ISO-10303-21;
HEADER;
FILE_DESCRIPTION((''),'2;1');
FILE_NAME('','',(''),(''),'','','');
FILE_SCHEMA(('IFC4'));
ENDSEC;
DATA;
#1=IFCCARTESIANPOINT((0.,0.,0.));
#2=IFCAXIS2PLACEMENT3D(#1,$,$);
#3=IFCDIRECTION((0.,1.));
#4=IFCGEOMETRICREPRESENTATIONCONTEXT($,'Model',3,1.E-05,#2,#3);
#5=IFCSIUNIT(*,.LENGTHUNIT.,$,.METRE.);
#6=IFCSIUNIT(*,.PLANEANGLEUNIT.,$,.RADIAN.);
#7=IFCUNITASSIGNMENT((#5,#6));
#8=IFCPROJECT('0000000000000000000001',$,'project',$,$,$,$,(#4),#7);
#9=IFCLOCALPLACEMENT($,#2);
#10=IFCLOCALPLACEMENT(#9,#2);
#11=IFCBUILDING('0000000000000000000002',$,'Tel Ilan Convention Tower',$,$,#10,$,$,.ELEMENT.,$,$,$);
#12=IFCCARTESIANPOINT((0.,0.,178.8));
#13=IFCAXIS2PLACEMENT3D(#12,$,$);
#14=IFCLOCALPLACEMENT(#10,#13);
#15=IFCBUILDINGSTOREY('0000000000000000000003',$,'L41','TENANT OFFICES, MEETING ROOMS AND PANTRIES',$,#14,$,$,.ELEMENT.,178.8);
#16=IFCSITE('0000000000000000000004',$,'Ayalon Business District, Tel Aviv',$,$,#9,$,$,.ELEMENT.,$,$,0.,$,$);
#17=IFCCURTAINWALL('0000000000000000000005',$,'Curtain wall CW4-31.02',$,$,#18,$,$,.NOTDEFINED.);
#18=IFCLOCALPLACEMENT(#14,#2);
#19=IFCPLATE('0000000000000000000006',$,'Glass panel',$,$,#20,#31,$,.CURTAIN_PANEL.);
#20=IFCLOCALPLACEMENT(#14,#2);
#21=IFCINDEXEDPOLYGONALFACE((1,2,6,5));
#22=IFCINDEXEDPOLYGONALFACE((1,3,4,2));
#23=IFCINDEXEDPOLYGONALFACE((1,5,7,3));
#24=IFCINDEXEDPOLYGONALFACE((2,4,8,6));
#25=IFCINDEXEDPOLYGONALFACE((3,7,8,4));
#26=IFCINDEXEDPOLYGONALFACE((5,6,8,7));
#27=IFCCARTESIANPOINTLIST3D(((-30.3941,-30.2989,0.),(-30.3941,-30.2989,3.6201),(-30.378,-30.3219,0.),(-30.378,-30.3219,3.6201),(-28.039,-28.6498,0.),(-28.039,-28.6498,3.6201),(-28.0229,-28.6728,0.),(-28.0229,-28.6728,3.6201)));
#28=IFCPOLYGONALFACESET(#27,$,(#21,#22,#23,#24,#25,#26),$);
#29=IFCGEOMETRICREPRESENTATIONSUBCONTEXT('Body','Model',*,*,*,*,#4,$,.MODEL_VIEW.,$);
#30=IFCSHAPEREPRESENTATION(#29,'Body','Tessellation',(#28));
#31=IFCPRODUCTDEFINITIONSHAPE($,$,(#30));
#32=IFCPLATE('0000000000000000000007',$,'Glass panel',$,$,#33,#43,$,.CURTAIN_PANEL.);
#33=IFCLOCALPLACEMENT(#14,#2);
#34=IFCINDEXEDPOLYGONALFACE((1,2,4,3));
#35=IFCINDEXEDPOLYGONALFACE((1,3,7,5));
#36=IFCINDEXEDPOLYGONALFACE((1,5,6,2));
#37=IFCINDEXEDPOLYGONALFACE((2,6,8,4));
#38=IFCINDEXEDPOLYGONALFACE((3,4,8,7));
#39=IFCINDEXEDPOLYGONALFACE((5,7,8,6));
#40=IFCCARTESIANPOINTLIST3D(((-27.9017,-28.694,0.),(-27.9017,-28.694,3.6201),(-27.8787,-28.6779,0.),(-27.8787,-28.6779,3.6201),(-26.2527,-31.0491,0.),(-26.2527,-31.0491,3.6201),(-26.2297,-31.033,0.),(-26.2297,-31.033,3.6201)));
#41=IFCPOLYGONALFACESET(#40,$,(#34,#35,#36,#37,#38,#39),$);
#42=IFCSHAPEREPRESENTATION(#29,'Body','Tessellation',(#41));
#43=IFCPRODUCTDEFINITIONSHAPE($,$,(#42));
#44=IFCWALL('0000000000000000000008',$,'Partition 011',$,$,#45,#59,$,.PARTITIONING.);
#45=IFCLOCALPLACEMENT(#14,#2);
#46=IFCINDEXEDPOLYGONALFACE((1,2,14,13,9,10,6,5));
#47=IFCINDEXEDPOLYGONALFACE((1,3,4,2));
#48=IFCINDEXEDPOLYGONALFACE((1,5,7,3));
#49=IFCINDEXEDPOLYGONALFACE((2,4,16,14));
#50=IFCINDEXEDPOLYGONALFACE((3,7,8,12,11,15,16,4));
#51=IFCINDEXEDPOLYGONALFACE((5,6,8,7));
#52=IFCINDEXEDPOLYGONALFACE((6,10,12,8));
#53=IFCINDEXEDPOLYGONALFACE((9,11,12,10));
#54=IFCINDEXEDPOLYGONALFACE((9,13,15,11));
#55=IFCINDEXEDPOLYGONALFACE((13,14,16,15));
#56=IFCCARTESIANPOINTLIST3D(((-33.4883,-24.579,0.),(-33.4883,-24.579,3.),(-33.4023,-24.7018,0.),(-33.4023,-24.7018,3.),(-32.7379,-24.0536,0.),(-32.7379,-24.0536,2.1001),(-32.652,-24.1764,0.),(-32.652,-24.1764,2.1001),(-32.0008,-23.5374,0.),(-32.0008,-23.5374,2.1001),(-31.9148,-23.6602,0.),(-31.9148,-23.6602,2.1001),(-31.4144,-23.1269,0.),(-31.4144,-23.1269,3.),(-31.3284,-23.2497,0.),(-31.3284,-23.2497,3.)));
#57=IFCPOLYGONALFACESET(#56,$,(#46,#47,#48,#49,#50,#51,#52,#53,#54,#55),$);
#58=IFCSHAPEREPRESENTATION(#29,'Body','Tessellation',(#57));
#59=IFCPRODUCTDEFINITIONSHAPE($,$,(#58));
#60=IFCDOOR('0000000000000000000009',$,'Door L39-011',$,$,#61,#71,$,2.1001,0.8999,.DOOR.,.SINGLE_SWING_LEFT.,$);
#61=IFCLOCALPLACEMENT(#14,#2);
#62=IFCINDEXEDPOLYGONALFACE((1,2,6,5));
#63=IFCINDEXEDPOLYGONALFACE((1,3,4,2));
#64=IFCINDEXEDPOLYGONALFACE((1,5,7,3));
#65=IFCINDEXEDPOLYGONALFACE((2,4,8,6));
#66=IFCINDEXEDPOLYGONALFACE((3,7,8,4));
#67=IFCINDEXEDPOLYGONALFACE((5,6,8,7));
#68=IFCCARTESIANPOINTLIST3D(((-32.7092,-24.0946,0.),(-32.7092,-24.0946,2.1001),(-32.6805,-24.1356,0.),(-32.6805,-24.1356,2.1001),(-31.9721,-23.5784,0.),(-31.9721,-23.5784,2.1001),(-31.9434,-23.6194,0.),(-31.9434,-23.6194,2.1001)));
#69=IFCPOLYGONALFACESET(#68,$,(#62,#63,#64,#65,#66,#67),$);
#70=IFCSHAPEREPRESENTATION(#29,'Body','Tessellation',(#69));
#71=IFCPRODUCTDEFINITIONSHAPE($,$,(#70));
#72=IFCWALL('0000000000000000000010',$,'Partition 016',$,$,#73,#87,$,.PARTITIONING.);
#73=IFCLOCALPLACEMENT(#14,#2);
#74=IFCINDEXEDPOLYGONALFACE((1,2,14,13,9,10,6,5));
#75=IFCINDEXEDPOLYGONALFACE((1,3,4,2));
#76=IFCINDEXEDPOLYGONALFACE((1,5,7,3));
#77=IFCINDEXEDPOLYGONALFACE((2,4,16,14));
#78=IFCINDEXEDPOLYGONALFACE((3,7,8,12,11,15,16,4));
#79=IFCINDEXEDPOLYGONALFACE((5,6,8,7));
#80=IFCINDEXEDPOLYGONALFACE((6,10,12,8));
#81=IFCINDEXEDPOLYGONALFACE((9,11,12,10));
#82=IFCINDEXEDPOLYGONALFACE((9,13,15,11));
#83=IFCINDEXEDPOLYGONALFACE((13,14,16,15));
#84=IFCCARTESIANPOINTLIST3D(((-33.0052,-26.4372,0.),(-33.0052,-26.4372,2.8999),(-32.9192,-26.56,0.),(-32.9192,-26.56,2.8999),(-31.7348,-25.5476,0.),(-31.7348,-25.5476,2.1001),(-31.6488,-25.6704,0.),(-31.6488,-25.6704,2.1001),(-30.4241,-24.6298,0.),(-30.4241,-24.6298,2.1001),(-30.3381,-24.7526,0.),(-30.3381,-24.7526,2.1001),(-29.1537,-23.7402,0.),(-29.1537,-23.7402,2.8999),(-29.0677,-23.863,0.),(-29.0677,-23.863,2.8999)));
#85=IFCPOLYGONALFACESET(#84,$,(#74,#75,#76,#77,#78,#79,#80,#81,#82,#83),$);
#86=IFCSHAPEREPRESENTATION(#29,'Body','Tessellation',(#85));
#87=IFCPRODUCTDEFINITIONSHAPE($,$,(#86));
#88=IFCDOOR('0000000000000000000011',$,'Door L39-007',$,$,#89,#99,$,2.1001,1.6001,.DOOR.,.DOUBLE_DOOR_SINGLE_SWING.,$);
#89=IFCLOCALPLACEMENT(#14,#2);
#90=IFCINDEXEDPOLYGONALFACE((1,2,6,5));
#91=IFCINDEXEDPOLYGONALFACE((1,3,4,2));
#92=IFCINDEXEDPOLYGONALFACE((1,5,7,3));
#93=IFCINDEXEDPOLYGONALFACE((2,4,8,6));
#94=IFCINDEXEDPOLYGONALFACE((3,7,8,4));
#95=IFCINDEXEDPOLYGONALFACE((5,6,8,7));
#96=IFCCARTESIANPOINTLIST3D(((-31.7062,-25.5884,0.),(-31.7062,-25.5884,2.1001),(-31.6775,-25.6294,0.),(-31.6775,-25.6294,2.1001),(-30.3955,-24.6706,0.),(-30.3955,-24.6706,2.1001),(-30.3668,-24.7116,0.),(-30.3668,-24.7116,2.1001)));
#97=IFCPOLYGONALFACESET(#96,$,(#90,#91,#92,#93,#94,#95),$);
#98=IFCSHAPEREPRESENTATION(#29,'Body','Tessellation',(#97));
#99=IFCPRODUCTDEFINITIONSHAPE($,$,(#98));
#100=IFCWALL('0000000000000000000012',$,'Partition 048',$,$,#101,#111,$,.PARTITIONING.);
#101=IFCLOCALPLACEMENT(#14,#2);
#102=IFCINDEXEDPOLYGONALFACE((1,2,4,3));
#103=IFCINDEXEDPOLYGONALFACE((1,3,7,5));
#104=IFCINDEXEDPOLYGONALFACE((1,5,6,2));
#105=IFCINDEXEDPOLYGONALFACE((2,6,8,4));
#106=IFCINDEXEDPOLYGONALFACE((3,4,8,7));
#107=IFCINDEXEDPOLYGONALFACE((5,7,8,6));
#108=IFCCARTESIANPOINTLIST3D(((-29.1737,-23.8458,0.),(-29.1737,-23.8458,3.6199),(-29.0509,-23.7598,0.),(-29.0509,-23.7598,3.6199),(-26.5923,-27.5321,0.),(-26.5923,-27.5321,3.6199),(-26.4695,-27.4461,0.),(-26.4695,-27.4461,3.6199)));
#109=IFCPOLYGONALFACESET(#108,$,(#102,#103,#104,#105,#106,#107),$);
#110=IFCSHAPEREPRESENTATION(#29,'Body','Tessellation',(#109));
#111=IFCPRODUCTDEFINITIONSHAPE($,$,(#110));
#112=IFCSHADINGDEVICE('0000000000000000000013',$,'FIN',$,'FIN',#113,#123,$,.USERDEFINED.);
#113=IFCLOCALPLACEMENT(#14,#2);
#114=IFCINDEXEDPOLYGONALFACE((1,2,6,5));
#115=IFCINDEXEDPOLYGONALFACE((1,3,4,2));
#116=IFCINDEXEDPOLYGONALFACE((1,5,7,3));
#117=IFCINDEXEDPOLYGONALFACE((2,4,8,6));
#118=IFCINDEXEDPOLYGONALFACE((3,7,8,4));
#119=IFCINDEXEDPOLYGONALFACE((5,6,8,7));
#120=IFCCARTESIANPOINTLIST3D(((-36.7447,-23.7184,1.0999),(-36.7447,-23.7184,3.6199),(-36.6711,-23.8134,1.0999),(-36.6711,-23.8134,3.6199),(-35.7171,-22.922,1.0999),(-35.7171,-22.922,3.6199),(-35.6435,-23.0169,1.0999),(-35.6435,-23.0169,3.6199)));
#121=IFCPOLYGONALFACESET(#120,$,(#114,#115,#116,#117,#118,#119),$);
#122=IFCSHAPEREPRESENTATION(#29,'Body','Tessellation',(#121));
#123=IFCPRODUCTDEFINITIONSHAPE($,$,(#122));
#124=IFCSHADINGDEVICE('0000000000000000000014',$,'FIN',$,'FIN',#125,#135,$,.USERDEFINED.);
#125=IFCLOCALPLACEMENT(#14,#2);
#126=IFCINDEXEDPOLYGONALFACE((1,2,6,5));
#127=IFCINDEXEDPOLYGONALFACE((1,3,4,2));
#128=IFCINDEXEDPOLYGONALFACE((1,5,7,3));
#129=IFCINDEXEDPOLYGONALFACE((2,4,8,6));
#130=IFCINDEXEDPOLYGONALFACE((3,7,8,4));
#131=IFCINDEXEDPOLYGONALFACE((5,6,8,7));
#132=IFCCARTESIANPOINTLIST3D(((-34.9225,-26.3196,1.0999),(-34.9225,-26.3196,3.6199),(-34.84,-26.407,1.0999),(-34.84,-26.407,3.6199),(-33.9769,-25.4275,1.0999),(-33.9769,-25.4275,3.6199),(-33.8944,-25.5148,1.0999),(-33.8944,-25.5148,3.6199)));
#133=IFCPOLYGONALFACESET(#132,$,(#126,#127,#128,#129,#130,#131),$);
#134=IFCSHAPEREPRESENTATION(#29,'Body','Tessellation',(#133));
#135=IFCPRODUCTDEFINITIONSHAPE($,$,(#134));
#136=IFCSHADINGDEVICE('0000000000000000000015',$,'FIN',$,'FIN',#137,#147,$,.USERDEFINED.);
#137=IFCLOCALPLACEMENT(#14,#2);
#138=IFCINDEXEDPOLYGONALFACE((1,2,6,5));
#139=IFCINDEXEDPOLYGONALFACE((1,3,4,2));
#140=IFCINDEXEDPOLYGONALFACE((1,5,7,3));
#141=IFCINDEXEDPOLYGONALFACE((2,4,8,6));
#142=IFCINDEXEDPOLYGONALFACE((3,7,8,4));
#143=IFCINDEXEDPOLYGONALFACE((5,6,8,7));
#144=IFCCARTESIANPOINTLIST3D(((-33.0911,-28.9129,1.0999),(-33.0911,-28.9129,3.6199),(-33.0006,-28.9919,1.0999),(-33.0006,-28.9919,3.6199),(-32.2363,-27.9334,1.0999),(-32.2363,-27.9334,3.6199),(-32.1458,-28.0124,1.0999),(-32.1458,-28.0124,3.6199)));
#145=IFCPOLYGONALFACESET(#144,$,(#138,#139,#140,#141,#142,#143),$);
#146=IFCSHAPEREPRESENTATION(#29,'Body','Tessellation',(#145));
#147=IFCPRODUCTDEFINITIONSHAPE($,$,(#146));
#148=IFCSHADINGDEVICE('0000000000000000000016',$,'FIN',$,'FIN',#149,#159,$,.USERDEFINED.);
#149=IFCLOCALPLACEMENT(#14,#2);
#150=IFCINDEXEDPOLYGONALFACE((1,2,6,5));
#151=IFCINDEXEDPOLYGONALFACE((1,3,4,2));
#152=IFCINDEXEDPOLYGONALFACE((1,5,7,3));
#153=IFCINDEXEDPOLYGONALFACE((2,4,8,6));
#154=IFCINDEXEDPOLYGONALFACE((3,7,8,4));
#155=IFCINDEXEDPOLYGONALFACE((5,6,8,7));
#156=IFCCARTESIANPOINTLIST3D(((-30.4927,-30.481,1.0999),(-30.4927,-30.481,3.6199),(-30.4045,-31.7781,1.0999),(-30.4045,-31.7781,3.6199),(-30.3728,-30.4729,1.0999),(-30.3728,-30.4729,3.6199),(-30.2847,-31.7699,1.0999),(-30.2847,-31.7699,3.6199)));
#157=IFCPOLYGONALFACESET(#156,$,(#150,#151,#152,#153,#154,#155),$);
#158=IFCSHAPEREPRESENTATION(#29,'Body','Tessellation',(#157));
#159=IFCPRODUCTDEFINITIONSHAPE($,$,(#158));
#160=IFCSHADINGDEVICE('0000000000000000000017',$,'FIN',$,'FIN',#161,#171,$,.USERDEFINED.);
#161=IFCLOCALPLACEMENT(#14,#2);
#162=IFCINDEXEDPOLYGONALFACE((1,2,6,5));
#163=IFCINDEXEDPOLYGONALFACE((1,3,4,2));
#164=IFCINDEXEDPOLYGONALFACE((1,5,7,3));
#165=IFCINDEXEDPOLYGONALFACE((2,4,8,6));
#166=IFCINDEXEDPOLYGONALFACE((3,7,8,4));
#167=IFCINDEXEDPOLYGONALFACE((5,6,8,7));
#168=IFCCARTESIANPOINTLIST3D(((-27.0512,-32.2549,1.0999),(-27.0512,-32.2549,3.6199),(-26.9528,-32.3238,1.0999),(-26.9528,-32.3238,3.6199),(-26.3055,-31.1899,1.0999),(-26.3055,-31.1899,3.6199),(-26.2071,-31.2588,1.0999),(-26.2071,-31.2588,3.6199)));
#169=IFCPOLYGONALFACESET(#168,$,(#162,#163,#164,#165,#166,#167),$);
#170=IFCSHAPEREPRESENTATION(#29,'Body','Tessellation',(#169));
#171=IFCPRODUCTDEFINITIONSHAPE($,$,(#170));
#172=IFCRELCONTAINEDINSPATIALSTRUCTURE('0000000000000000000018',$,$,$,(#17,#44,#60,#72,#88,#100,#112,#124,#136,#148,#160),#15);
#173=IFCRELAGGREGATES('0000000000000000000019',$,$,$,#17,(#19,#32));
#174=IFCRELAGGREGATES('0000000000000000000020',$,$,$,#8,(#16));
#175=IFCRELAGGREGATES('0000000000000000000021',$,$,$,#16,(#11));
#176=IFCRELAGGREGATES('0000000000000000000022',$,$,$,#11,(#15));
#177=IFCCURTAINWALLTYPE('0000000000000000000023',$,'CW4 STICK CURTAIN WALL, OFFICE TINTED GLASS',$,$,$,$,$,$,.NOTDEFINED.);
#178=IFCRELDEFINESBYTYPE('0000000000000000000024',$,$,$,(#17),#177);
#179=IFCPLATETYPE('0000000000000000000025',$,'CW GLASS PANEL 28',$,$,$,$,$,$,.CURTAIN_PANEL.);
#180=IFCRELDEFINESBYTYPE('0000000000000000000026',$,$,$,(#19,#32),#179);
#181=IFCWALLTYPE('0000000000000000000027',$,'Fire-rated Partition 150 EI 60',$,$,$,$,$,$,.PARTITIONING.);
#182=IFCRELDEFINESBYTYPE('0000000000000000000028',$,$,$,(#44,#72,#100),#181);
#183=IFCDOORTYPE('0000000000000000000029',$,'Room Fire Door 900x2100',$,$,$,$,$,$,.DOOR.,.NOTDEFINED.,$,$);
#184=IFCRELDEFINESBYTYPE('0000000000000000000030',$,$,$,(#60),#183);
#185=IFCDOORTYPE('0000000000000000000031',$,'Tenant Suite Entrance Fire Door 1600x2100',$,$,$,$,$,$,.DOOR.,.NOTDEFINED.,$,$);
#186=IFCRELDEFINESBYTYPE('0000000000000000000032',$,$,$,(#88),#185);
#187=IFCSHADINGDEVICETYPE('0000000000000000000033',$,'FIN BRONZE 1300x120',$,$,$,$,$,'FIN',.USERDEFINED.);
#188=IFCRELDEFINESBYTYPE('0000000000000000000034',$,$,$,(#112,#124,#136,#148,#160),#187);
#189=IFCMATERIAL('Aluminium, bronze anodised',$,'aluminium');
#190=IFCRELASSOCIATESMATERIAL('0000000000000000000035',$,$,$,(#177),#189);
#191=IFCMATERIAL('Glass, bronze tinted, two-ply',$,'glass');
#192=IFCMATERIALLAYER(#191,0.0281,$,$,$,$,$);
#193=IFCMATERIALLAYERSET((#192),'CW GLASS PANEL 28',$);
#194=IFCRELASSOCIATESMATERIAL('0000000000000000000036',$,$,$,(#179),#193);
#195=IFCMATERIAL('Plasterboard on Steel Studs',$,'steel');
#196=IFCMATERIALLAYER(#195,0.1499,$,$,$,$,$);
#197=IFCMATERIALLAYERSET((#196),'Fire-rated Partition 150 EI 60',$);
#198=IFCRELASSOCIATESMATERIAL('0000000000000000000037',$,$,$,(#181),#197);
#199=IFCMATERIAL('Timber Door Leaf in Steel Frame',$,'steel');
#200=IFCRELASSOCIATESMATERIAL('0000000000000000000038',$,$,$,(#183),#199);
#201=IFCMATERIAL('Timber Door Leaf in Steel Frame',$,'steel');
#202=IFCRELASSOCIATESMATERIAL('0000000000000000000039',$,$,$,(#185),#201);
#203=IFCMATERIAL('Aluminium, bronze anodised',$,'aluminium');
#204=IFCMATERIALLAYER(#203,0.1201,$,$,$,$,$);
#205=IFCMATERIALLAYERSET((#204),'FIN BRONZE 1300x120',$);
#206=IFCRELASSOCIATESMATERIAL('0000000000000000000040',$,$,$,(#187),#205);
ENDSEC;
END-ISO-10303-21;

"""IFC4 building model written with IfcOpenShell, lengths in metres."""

from ifc_helpers import new_model, si_unit, direction, frame, frame_2d, origin, origin_2d, place, context, subcontext, project, spatial, rectangle, extrude, material, layer, layer_set, type_object, element, fill, aggregate, save


model = new_model("IFC4")

# Units and contexts
model_context = context("Model", 3, precision=1e-05, world=origin(), true_north=direction((0.0, 1.0)))
body_context = subcontext(model_context, "Body", "Model", "MODEL_VIEW")
ifc_project = project(units=[si_unit("LENGTHUNIT", "METRE"), si_unit("PLANEANGLEUNIT", "RADIAN")], contexts=[model_context])

# Site, building, storey
site_placement = place(None, origin())
site = spatial("IfcSite", under=ifc_project, at=site_placement, Name="Ayalon Business District, Tel Aviv", CompositionType="ELEMENT", RefElevation=0.0)
building_placement = place(site_placement, origin())
building = spatial("IfcBuilding", under=site, at=building_placement, Name="Tel Ilan Convention Tower", CompositionType="ELEMENT")
storey_placement = place(building_placement, frame((0.0, 0.0, 178.8)))
storey = spatial("IfcBuildingStorey", under=building, at=storey_placement, Name="L41", Description="TENANT OFFICES, MEETING ROOMS AND PANTRIES", CompositionType="ELEMENT", Elevation=178.8)

# Curtain wall, plates
ifc_material_1 = material(Name="Aluminium, bronze anodised", Category="aluminium")
curtain_wall_type = type_object("IfcCurtainWallType", Name="CW4 STICK CURTAIN WALL, OFFICE TINTED GLASS", PredefinedType="NOTDEFINED", material=ifc_material_1)
curtain_wall_placement = place(storey_placement, origin())
curtain_wall = element("IfcCurtainWall", 1, at=curtain_wall_placement, inside=storey, type_object=curtain_wall_type, Name="Curtain wall CW4-31.02", PredefinedType="NOTDEFINED")
ifc_material_2 = material(Name="Glass, bronze tinted, two-ply", Category="glass")
ifc_layer_1 = layer(ifc_material_2, 0.0281)
ifc_layer_set_1 = layer_set([ifc_layer_1], Name="CW GLASS PANEL 28")
plate_type = type_object("IfcPlateType", Name="CW GLASS PANEL 28", PredefinedType="CURTAIN_PANEL", material=ifc_layer_set_1)
plate_1_placement = place(storey_placement, frame((-29.2085, -29.4858, 0.0), z_axis=(0.0, 0.0, 1.0), x_axis=(0.819152, 0.573576, 0.0)))
plate_1 = element("IfcPlate", 2, at=plate_1_placement, type_object=plate_type, Name="Glass panel", PredefinedType="CURTAIN_PANEL", context=body_context, shape_type="SweptSolid", body=[
    extrude(rectangle(XDim=2.875, YDim=0.0281, at=origin_2d()), origin(), (0.0, 0.0, 1.0), 3.6201),
])
plate_2_placement = place(storey_placement, frame((-27.0657, -29.8635, 0.0), z_axis=(0.0, 0.0, 1.0), x_axis=(0.573576, -0.819152, 0.0)))
plate_2 = element("IfcPlate", 3, at=plate_2_placement, type_object=plate_type, Name="Glass panel", PredefinedType="CURTAIN_PANEL", context=body_context, shape_type="SweptSolid", body=[
    extrude(rectangle(XDim=2.875, YDim=0.0281, at=origin_2d()), origin(), (0.0, 0.0, 1.0), 3.6201),
])
aggregate(curtain_wall, [plate_1, plate_2])

# Walls, openings, doors
ifc_material_3 = material(Name="Plasterboard on Steel Studs", Category="steel")
ifc_layer_2 = layer(ifc_material_3, 0.1499)
ifc_layer_set_2 = layer_set([ifc_layer_2], Name="Fire-rated Partition 150 EI 60")
wall_type = type_object("IfcWallType", Name="Fire-rated Partition 150 EI 60", PredefinedType="PARTITIONING", material=ifc_layer_set_2)
wall_1_placement = place(storey_placement, frame((-33.4453, -24.6404, 0.0), z_axis=(0.0, 0.0, 1.0), x_axis=(0.819164, 0.573559, 0.0)))
wall_1 = element("IfcWall", 4, at=wall_1_placement, inside=storey, type_object=wall_type, Name="Partition 011", PredefinedType="PARTITIONING", context=body_context, shape_type="SweptSolid", body=[
    extrude(rectangle(XDim=2.5317, YDim=0.1499, at=frame_2d((1.2659, 0.0))), origin(), (0.0, 0.0, 1.0), 3.0),
])
opening_1_placement = place(wall_1_placement, frame((0.916, 0.0, 0.0)))
opening_1 = element("IfcOpeningElement", 5, at=opening_1_placement, cuts=wall_1, PredefinedType="OPENING", context=body_context, shape_type="SweptSolid", body=[
    extrude(rectangle(XDim=0.8999, YDim=2.1001, at=frame_2d((0.45, 1.05))), frame((0.0, 0.085, 0.0), z_axis=(0.0, -1.0, 0.0), x_axis=(1.0, 0.0, 0.0)), (0.0, 0.0, 1.0), 0.1699),
])
ifc_material_4 = material(Name="Timber Door Leaf in Steel Frame", Category="steel")
door_type_1 = type_object("IfcDoorType", Name="Room Fire Door 900x2100", OperationType="NOTDEFINED", PredefinedType="DOOR", material=ifc_material_4)
door_1_placement = place(opening_1_placement, origin())
door_1 = element("IfcDoor", 6, at=door_1_placement, inside=storey, type_object=door_type_1, Name="Door L39-011", OperationType="SINGLE_SWING_LEFT", OverallHeight=2.1001, OverallWidth=0.8999, PredefinedType="DOOR", context=body_context, shape_type="SweptSolid", body=[
    extrude(rectangle(XDim=0.8999, YDim=2.1001, at=frame_2d((0.45, 1.05))), frame((0.0, 0.0249, 0.0), z_axis=(0.0, -1.0, 0.0), x_axis=(1.0, 0.0, 0.0)), (0.0, 0.0, 1.0), 0.05),
])
fill(opening_1, door_1)
wall_2_placement = place(storey_placement, frame((-29.1106, -23.8015, 0.0), z_axis=(0.0, 0.0, 1.0), x_axis=(-0.819139, -0.573595, 0.0)))
wall_2 = element("IfcWall", 7, at=wall_2_placement, inside=storey, type_object=wall_type, Name="Partition 016", PredefinedType="PARTITIONING", context=body_context, shape_type="SweptSolid", body=[
    extrude(rectangle(XDim=4.7019, YDim=0.1499, at=frame_2d((2.3511, 0.0))), origin(), (0.0, 0.0, 1.0), 2.8999),
])
opening_2_placement = place(wall_2_placement, frame((1.551, 0.0, 0.0)))
opening_2 = element("IfcOpeningElement", 8, at=opening_2_placement, cuts=wall_2, PredefinedType="OPENING", context=body_context, shape_type="SweptSolid", body=[
    extrude(rectangle(XDim=1.6001, YDim=2.1001, at=frame_2d((0.8, 1.05))), frame((0.0, 0.085, 0.0), z_axis=(0.0, -1.0, 0.0), x_axis=(1.0, 0.0, 0.0)), (0.0, 0.0, 1.0), 0.1699),
])
ifc_material_5 = material(Name="Timber Door Leaf in Steel Frame", Category="steel")
door_type_2 = type_object("IfcDoorType", Name="Tenant Suite Entrance Fire Door 1600x2100", OperationType="NOTDEFINED", PredefinedType="DOOR", material=ifc_material_5)
door_2_placement = place(opening_2_placement, origin())
door_2 = element("IfcDoor", 9, at=door_2_placement, inside=storey, type_object=door_type_2, Name="Door L39-007", OperationType="DOUBLE_DOOR_SINGLE_SWING", OverallHeight=2.1001, OverallWidth=1.6001, PredefinedType="DOOR", context=body_context, shape_type="SweptSolid", body=[
    extrude(rectangle(XDim=1.6001, YDim=2.1001, at=frame_2d((0.8, 1.05))), frame((0.0, 0.0249, 0.0), z_axis=(0.0, -1.0, 0.0), x_axis=(1.0, 0.0, 0.0)), (0.0, 0.0, 1.0), 0.05),
])
fill(opening_2, door_2)

# Wall
wall_3_placement = place(storey_placement, frame((-26.531, -27.489, 0.0), z_axis=(0.0, 0.0, 1.0), x_axis=(-0.573597, 0.819138, 0.0)))
element("IfcWall", 10, at=wall_3_placement, inside=storey, type_object=wall_type, Name="Partition 048", PredefinedType="PARTITIONING", context=body_context, shape_type="SweptSolid", body=[
    extrude(rectangle(XDim=4.5002, YDim=0.1499, at=frame_2d((2.25, 0.0))), origin(), (0.0, 0.0, 1.0), 3.6199),
])

# Shading devices
ifc_material_6 = material(Name="Aluminium, bronze anodised", Category="aluminium")
ifc_layer_3 = layer(ifc_material_6, 0.1201)
ifc_layer_set_3 = layer_set([ifc_layer_3], Name="FIN BRONZE 1300x120")
shading_device_type = type_object("IfcShadingDeviceType", Name="FIN BRONZE 1300x120", ElementType="FIN", PredefinedType="USERDEFINED", material=ifc_layer_set_3)
for number, where, z_axis, x_axis, name in (
    (11, (-36.1941, -23.3677, 1.0999), (0.0, 0.0, 1.0), (-0.790393, -0.612601, 0.0), "FIN"),
    (12, (-34.4084, -25.9172, 1.0999), (0.0, 0.0, 1.0), (-0.727374, -0.686242, 0.0), "FIN"),
    (13, (-32.6184, -28.4626, 1.0999), (0.0, 0.0, 1.0), (-0.657521, -0.753436, 0.0), "FIN"),
    (14, (-30.3887, -31.1255, 1.0999), (0.0, 0.0, 1.0), (0.067822, -0.997697, 0.0), "FIN"),
    (15, (-26.6292, -31.7568, 1.0999), (0.0, 0.0, 1.0), (-0.573576, -0.819152, 0.0), "FIN"),
):
    element("IfcShadingDevice", number, at=place(storey_placement, frame(where, z_axis=z_axis, x_axis=x_axis)), inside=storey, type_object=shading_device_type, Name=name, ObjectType="FIN", PredefinedType="USERDEFINED", context=body_context, shape_type="SweptSolid", body=[
        extrude(rectangle(XDim=1.3, YDim=0.1201, at=origin_2d()), origin(), (0.0, 0.0, 1.0), 2.52),
    ])

save(model, "model.ifc")
